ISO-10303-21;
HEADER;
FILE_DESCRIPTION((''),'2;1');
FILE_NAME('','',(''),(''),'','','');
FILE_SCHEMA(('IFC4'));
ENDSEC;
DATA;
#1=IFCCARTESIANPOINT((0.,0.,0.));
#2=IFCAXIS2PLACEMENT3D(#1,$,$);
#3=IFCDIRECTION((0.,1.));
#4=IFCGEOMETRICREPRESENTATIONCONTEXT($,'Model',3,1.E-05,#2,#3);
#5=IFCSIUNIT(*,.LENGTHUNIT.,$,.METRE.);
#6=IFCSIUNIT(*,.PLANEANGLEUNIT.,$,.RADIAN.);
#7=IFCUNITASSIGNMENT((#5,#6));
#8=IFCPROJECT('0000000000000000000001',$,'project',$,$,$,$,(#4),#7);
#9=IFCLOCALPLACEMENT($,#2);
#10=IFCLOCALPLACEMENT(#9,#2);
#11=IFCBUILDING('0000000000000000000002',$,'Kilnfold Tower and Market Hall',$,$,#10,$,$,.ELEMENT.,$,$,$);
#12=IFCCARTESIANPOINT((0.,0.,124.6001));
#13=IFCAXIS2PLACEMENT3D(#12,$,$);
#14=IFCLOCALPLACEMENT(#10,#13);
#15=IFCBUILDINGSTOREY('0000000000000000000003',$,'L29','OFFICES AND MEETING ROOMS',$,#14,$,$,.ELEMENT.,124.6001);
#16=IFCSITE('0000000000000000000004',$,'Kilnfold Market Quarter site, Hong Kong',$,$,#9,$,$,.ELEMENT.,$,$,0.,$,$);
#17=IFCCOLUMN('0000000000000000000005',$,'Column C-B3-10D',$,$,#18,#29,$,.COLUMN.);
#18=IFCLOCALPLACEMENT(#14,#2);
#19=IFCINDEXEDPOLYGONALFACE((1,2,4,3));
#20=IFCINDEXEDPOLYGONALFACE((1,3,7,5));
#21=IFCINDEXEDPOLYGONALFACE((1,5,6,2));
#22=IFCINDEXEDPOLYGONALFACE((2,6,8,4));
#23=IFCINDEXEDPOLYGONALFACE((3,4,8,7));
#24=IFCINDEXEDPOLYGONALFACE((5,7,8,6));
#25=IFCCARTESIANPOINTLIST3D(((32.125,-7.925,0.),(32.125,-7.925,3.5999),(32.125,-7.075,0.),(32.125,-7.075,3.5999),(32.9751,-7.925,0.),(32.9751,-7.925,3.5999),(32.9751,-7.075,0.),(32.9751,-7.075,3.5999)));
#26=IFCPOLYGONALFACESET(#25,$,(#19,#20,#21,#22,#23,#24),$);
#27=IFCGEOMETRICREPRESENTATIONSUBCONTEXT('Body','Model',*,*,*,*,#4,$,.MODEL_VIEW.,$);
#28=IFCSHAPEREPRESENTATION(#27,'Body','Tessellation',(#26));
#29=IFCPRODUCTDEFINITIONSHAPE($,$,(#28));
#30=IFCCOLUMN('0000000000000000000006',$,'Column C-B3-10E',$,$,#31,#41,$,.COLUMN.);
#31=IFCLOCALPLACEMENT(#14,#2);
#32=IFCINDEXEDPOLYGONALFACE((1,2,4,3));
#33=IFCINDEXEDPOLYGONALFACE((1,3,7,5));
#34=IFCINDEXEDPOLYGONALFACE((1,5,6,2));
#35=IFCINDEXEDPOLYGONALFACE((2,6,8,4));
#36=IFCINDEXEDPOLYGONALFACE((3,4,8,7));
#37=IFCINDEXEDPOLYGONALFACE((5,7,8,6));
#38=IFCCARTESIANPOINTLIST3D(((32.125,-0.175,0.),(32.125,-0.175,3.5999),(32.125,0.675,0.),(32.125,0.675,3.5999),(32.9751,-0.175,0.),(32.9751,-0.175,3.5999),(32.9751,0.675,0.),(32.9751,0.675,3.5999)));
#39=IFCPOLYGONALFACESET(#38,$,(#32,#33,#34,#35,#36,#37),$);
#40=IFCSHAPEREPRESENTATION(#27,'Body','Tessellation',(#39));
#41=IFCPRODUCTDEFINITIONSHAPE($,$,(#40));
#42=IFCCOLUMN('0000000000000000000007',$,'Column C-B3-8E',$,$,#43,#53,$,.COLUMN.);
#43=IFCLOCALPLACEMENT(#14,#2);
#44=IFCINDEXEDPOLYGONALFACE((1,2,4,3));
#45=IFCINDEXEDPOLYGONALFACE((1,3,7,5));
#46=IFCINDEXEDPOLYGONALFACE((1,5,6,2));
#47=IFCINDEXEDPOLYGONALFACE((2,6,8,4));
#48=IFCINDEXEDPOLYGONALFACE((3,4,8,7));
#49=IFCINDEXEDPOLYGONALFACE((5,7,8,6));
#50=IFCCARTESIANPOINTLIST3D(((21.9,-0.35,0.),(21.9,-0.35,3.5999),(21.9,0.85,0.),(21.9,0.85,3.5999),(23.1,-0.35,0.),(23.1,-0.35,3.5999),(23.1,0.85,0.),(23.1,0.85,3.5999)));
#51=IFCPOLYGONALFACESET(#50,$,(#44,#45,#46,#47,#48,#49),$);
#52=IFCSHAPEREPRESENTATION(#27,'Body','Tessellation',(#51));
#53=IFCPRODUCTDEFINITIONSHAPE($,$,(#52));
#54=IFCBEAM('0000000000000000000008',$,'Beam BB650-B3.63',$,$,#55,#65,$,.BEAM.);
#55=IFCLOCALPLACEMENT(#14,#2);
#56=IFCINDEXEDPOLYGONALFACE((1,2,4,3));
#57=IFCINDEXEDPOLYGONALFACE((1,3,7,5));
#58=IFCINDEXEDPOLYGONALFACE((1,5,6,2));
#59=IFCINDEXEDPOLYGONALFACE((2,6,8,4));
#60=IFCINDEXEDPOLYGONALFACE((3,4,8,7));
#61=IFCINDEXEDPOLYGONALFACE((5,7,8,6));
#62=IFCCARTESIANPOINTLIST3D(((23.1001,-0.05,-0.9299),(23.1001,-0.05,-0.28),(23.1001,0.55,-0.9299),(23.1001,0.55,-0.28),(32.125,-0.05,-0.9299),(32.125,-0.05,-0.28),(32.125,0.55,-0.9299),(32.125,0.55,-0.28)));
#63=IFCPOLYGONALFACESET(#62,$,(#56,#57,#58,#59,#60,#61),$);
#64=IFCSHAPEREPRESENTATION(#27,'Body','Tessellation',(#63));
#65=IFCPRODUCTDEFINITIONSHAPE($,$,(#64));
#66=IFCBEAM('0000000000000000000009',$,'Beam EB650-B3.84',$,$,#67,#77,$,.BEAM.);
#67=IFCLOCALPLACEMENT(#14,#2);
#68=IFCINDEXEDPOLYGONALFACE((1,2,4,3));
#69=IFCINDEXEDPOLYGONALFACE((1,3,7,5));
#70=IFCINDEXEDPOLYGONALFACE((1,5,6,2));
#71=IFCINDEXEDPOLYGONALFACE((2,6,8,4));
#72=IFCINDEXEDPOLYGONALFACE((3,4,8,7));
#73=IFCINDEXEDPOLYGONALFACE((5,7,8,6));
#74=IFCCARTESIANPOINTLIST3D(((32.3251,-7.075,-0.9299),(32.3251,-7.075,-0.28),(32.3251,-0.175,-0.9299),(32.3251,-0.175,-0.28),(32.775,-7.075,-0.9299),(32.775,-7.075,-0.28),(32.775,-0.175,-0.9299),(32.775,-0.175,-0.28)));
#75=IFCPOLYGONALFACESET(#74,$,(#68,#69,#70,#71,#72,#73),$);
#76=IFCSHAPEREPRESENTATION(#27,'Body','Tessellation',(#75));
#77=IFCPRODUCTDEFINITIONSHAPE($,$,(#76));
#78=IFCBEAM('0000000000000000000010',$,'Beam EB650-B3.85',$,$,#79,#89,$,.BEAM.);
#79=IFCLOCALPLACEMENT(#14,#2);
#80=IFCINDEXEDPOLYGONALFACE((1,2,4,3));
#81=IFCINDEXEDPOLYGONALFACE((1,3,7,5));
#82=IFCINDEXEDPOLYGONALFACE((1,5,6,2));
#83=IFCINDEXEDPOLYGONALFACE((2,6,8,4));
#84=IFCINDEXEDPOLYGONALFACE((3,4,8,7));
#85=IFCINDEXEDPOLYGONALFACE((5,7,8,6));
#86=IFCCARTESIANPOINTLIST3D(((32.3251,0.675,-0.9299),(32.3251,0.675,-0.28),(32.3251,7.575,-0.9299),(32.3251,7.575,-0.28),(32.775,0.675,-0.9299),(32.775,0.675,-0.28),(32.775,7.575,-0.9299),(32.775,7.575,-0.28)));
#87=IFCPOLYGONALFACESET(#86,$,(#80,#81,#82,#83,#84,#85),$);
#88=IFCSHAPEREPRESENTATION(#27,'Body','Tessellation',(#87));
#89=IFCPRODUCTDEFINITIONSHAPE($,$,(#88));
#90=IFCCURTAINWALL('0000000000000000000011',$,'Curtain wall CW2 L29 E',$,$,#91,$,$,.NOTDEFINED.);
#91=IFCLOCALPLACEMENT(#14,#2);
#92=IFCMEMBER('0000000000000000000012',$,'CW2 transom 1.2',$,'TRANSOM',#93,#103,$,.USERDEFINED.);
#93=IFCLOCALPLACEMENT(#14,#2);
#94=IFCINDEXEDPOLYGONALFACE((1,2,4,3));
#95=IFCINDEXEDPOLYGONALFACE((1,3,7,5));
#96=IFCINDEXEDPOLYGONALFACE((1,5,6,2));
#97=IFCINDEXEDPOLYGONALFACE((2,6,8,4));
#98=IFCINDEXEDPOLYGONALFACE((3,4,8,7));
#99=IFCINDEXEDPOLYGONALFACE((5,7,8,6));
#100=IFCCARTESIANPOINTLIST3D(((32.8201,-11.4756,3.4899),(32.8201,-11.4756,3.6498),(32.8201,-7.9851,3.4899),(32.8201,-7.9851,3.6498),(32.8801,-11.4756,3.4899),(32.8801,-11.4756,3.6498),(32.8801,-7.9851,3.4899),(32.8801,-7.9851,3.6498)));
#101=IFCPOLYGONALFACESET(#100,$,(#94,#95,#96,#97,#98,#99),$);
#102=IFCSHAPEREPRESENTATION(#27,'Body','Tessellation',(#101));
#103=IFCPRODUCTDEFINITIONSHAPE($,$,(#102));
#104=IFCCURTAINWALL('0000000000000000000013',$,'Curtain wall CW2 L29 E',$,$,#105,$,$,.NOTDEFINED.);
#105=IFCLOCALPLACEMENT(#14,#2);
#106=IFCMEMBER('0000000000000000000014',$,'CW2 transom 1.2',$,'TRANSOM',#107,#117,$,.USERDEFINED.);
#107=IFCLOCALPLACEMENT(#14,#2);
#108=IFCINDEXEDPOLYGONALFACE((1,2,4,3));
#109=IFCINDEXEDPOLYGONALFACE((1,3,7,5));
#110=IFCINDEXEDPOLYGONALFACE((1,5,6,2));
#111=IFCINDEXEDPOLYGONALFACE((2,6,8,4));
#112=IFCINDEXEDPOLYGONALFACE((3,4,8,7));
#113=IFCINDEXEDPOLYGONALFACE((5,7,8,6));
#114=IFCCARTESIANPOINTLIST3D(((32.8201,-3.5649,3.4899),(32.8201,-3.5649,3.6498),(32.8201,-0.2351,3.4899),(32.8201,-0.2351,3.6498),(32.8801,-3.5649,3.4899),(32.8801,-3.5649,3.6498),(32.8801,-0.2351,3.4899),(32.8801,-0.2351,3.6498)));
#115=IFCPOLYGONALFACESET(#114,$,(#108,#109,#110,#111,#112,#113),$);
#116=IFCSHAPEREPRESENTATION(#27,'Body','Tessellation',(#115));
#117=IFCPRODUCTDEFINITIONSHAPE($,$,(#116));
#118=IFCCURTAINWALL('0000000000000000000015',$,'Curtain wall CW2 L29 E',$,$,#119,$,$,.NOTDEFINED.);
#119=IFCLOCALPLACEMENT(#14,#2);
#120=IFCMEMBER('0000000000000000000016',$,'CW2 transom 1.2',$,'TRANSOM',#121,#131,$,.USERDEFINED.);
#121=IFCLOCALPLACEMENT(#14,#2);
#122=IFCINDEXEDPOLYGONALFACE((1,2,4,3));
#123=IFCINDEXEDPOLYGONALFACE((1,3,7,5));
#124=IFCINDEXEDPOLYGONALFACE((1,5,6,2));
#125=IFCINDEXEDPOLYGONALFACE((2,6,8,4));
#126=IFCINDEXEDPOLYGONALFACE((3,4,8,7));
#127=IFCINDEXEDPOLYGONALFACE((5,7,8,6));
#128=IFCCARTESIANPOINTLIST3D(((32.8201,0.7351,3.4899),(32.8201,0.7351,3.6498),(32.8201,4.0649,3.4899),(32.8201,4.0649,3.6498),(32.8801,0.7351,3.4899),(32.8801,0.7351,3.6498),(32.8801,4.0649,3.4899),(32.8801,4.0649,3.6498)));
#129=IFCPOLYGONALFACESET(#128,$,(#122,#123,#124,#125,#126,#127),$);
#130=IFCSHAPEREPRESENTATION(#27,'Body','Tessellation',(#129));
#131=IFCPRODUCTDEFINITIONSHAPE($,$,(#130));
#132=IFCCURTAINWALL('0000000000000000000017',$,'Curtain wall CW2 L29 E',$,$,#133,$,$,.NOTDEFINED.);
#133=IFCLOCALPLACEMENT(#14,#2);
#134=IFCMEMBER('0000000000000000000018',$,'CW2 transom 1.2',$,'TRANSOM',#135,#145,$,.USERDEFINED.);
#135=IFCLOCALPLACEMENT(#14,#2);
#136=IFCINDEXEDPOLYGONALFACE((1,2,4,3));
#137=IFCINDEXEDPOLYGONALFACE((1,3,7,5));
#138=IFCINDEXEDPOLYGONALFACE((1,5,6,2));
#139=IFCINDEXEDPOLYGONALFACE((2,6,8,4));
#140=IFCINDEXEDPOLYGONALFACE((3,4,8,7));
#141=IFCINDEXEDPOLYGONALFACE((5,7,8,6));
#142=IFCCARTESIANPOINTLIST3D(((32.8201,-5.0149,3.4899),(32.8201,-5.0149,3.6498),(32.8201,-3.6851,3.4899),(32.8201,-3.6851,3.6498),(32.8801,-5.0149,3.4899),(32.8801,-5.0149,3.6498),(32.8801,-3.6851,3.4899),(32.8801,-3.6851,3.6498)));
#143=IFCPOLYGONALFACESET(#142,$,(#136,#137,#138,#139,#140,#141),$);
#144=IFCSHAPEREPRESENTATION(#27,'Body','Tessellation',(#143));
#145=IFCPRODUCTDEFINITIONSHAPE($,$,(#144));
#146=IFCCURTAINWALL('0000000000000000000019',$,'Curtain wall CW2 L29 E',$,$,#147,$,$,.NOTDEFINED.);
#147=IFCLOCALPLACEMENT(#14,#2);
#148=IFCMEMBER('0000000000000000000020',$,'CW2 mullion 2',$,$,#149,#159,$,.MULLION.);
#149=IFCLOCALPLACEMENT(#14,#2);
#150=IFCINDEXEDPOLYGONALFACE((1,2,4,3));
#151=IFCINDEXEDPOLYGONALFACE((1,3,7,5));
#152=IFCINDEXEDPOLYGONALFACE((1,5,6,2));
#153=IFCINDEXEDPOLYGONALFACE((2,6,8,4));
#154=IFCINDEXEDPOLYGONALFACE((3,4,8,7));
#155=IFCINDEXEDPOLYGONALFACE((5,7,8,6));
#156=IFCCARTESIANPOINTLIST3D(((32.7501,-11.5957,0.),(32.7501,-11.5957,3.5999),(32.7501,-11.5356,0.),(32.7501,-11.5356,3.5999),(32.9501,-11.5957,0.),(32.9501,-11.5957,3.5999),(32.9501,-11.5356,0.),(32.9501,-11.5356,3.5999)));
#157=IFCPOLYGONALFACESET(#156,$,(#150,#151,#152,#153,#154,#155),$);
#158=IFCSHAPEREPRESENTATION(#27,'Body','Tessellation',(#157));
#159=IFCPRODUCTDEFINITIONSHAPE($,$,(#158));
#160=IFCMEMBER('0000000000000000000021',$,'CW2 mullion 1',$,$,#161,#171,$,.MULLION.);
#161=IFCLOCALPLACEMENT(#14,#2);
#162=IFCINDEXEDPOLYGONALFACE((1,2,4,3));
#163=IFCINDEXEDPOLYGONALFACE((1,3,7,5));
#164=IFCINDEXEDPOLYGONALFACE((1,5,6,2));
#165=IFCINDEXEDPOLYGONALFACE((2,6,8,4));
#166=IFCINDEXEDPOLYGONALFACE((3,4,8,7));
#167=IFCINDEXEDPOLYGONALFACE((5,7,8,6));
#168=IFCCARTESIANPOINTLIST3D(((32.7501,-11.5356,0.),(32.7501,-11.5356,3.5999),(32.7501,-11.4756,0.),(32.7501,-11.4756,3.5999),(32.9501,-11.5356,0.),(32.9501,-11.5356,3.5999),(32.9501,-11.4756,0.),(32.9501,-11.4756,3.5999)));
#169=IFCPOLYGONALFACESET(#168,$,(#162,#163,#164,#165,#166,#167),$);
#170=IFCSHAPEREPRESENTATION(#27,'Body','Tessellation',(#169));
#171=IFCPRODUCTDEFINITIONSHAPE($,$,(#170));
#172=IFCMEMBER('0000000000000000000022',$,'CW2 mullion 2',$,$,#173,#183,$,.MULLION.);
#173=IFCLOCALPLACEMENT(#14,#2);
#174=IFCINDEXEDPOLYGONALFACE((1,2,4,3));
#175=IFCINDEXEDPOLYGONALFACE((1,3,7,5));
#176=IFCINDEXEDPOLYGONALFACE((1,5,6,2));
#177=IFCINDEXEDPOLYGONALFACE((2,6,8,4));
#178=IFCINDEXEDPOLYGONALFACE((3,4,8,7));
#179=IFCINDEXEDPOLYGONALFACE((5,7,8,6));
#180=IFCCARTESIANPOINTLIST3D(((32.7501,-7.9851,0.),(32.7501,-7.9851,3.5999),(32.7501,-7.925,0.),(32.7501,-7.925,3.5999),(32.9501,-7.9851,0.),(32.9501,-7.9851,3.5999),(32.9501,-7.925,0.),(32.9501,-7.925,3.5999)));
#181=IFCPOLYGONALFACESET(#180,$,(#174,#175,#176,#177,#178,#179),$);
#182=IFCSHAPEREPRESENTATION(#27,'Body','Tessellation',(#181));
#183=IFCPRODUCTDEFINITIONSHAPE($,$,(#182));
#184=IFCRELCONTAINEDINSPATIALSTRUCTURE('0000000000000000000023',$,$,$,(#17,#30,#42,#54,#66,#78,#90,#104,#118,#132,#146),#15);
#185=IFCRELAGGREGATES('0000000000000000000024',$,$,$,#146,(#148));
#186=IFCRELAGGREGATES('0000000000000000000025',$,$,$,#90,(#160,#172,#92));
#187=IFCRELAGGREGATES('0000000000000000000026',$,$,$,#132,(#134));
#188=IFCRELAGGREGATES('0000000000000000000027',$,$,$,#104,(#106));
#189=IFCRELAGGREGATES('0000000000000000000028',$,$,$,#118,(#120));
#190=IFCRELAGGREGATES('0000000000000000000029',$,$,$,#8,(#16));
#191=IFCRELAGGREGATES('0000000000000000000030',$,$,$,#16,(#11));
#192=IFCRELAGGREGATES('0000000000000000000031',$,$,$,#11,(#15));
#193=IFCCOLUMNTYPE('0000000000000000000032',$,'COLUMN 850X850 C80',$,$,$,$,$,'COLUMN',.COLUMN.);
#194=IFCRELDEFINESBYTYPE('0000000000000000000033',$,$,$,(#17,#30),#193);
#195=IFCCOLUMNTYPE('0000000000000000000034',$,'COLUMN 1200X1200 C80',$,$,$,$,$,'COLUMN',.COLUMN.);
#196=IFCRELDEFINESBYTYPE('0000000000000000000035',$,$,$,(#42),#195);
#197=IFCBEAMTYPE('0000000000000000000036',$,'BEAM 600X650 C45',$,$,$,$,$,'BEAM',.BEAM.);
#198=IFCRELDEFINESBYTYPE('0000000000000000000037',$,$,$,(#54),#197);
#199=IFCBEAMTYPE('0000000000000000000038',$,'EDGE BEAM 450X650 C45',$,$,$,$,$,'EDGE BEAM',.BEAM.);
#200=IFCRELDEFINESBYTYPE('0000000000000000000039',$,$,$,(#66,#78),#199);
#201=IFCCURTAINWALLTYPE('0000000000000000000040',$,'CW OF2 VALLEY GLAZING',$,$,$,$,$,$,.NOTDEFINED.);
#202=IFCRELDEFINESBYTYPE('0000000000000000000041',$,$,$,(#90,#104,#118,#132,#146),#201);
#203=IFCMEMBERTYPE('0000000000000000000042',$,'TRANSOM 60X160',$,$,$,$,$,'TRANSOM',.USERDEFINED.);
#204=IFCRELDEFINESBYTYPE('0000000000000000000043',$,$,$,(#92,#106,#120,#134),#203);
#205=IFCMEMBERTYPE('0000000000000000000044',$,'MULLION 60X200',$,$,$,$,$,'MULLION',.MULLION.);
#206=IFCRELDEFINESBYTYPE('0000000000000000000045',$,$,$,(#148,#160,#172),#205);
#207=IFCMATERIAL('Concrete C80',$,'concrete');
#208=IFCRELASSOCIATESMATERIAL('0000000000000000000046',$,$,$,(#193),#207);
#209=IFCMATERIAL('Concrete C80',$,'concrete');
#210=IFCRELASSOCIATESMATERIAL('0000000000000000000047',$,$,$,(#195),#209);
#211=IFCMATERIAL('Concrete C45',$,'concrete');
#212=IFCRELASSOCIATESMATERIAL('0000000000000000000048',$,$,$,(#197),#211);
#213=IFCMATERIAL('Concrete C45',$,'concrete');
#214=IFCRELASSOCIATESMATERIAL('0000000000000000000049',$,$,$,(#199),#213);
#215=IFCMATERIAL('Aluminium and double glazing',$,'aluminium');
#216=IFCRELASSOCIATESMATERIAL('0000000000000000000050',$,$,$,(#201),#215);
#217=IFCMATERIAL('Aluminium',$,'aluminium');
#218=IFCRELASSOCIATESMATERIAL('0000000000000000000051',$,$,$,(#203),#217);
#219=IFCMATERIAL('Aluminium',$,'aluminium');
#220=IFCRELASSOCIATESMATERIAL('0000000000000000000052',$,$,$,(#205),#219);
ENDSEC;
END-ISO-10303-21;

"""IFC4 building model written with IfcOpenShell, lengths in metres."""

from ifc_helpers import new_model, si_unit, direction, frame, origin, origin_2d, place, context, subcontext, project, spatial, rectangle, extrude, source, transform, mapped, material, material_profile, profile_set, type_object, element, aggregate, save


model = new_model("IFC4")

# Units and contexts
model_context = context("Model", 3, precision=1e-05, world=origin(), true_north=direction((0.0, 1.0)))
body_context = subcontext(model_context, "Body", "Model", "MODEL_VIEW")
ifc_project = project(units=[si_unit("LENGTHUNIT", "METRE"), si_unit("PLANEANGLEUNIT", "RADIAN")], contexts=[model_context])

# Site, building, storey
site_placement = place(None, origin())
site = spatial("IfcSite", under=ifc_project, at=site_placement, Name="Kilnfold Market Quarter site, Hong Kong", CompositionType="ELEMENT", RefElevation=0.0)
building_placement = place(site_placement, origin())
building = spatial("IfcBuilding", under=site, at=building_placement, Name="Kilnfold Tower and Market Hall", CompositionType="ELEMENT")
storey_placement = place(building_placement, frame((0.0, 0.0, 124.6001)))
storey = spatial("IfcBuildingStorey", under=building, at=storey_placement, Name="L29", Description="OFFICES AND MEETING ROOMS", CompositionType="ELEMENT", Elevation=124.6001)

# Columns
ifc_material_1 = material(Name="Concrete C80", Category="concrete")
ifc_material_profile_1 = material_profile(ifc_material_1, rectangle(XDim=0.8501, YDim=0.8501, at=origin_2d()), Name="RC 850x850")
ifc_profile_set_1 = profile_set([ifc_material_profile_1], Name="Concrete C80")
column_type_1 = type_object("IfcColumnType", Name="COLUMN 850X850 C80", ElementType="COLUMN", PredefinedType="COLUMN", material=ifc_profile_set_1)
shared_shape_1 = source(origin(), body_context, "Body", "SweptSolid", [
    extrude(rectangle(XDim=0.8501, YDim=0.8501, at=origin_2d()), origin(), (0.0, 0.0, 1.0), 3.5999),
])
for number, where, z_axis, x_axis, name in (
    (1, (32.55, -7.5, 0.0), (0.0, 0.0, 1.0), (1.0, 0.0, 0.0), "Column C-B3-10D"),
    (2, (32.55, 0.25, 0.0), (0.0, 0.0, 1.0), (1.0, 0.0, 0.0), "Column C-B3-10E"),
):
    element("IfcColumn", number, at=place(storey_placement, frame(where, z_axis=z_axis, x_axis=x_axis)), inside=storey, type_object=column_type_1, Name=name, PredefinedType="COLUMN", context=body_context, shape_type="MappedRepresentation", body=[
        mapped(shared_shape_1, transform((0.0, 0.0, 0.0))),
    ])
ifc_material_2 = material(Name="Concrete C80", Category="concrete")
ifc_material_profile_2 = material_profile(ifc_material_2, rectangle(XDim=1.2, YDim=1.2, at=origin_2d()), Name="RC 1200x1200")
ifc_profile_set_2 = profile_set([ifc_material_profile_2], Name="Concrete C80")
column_type_2 = type_object("IfcColumnType", Name="COLUMN 1200X1200 C80", ElementType="COLUMN", PredefinedType="COLUMN", material=ifc_profile_set_2)
shared_shape_2 = source(origin(), body_context, "Body", "SweptSolid", [
    extrude(rectangle(XDim=1.2, YDim=1.2, at=origin_2d()), origin(), (0.0, 0.0, 1.0), 3.5999),
])
column_placement = place(storey_placement, frame((22.5, 0.25, 0.0), z_axis=(0.0, 0.0, 1.0), x_axis=(1.0, 0.0, 0.0)))
element("IfcColumn", 3, at=column_placement, inside=storey, type_object=column_type_2, Name="Column C-B3-8E", PredefinedType="COLUMN", context=body_context, shape_type="MappedRepresentation", body=[
    mapped(shared_shape_2, transform((0.0, 0.0, 0.0))),
])

# Beams
ifc_material_3 = material(Name="Concrete C45", Category="concrete")
ifc_material_profile_3 = material_profile(ifc_material_3, rectangle(XDim=0.6001, YDim=0.6499, at=origin_2d()), Name="RC 600x650")
ifc_profile_set_3 = profile_set([ifc_material_profile_3], Name="Concrete C45")
beam_type_1 = type_object("IfcBeamType", Name="BEAM 600X650 C45", ElementType="BEAM", PredefinedType="BEAM", material=ifc_profile_set_3)
shared_shape_3 = source(origin(), body_context, "Body", "SweptSolid", [
    extrude(rectangle(XDim=0.6001, YDim=0.6499, at=origin_2d()), origin(), (0.0, 0.0, 1.0), 9.0249),
])
beam_placement = place(storey_placement, frame((23.1001, 0.25, -0.605), z_axis=(1.0, 0.0, 0.0), x_axis=(0.0, 1.0, 0.0)))
element("IfcBeam", 4, at=beam_placement, inside=storey, type_object=beam_type_1, Name="Beam BB650-B3.63", PredefinedType="BEAM", context=body_context, shape_type="MappedRepresentation", body=[
    mapped(shared_shape_3, transform((0.0, 0.0, 0.0))),
])
ifc_material_4 = material(Name="Concrete C45", Category="concrete")
ifc_material_profile_4 = material_profile(ifc_material_4, rectangle(XDim=0.45, YDim=0.6499, at=origin_2d()), Name="RC 450x650")
ifc_profile_set_4 = profile_set([ifc_material_profile_4], Name="Concrete C45")
beam_type_2 = type_object("IfcBeamType", Name="EDGE BEAM 450X650 C45", ElementType="EDGE BEAM", PredefinedType="BEAM", material=ifc_profile_set_4)
shared_shape_4 = source(origin(), body_context, "Body", "SweptSolid", [
    extrude(rectangle(XDim=0.45, YDim=0.6499, at=origin_2d()), origin(), (0.0, 0.0, 1.0), 6.8999),
])
for number, where, z_axis, x_axis, name in (
    (5, (32.55, -7.075, -0.605), (0.0, 1.0, 0.0), (-1.0, 0.0, 0.0), "Beam EB650-B3.84"),
    (6, (32.55, 0.675, -0.605), (0.0, 1.0, 0.0), (-1.0, 0.0, 0.0), "Beam EB650-B3.85"),
):
    element("IfcBeam", number, at=place(storey_placement, frame(where, z_axis=z_axis, x_axis=x_axis)), inside=storey, type_object=beam_type_2, Name=name, PredefinedType="BEAM", context=body_context, shape_type="MappedRepresentation", body=[
        mapped(shared_shape_4, transform((0.0, 0.0, 0.0))),
    ])

# Curtain walls, members
ifc_material_5 = material(Name="Aluminium and double glazing", Category="aluminium")
curtain_wall_type = type_object("IfcCurtainWallType", Name="CW OF2 VALLEY GLAZING", PredefinedType="NOTDEFINED", material=ifc_material_5)
curtain_wall_1_placement = place(storey_placement, origin())
curtain_wall_1 = element("IfcCurtainWall", 7, at=curtain_wall_1_placement, inside=storey, type_object=curtain_wall_type, Name="Curtain wall CW2 L29 E", PredefinedType="NOTDEFINED")
ifc_material_6 = material(Name="Aluminium", Category="aluminium")
ifc_material_profile_5 = material_profile(ifc_material_6, rectangle(XDim=0.0601, YDim=0.1599, at=origin_2d()), Name="TRANSOM 60x160")
ifc_profile_set_5 = profile_set([ifc_material_profile_5], Name="Aluminium")
member_type_1 = type_object("IfcMemberType", Name="TRANSOM 60X160", ElementType="TRANSOM", PredefinedType="USERDEFINED", material=ifc_profile_set_5)
shared_shape_5 = source(origin(), body_context, "Body", "SweptSolid", [
    extrude(rectangle(XDim=0.0601, YDim=0.1599, at=origin_2d()), origin(), (0.0, 0.0, 1.0), 3.4905),
])
member_1_placement = place(storey_placement, frame((32.8501, -11.4756, 3.5698), z_axis=(0.0, 1.0, 0.0), x_axis=(-1.0, 0.0, 0.0)))
member_1 = element("IfcMember", 8, at=member_1_placement, type_object=member_type_1, Name="CW2 transom 1.2", ObjectType="TRANSOM", PredefinedType="USERDEFINED", context=body_context, shape_type="MappedRepresentation", body=[
    mapped(shared_shape_5, transform((0.0, 0.0, 0.0))),
])
curtain_wall_2_placement = place(storey_placement, origin())
curtain_wall_2 = element("IfcCurtainWall", 9, at=curtain_wall_2_placement, inside=storey, type_object=curtain_wall_type, Name="Curtain wall CW2 L29 E", PredefinedType="NOTDEFINED")
shared_shape_6 = source(origin(), body_context, "Body", "SweptSolid", [
    extrude(rectangle(XDim=0.0601, YDim=0.1599, at=origin_2d()), origin(), (0.0, 0.0, 1.0), 3.3298),
])
member_2_placement = place(storey_placement, frame((32.8501, -3.5649, 3.5698), z_axis=(0.0, 1.0, 0.0), x_axis=(-1.0, 0.0, 0.0)))
member_2 = element("IfcMember", 10, at=member_2_placement, type_object=member_type_1, Name="CW2 transom 1.2", ObjectType="TRANSOM", PredefinedType="USERDEFINED", context=body_context, shape_type="MappedRepresentation", body=[
    mapped(shared_shape_6, transform((0.0, 0.0, 0.0))),
])
curtain_wall_3_placement = place(storey_placement, origin())
curtain_wall_3 = element("IfcCurtainWall", 11, at=curtain_wall_3_placement, inside=storey, type_object=curtain_wall_type, Name="Curtain wall CW2 L29 E", PredefinedType="NOTDEFINED")
member_3_placement = place(storey_placement, frame((32.8501, 0.7351, 3.5698), z_axis=(0.0, 1.0, 0.0), x_axis=(-1.0, 0.0, 0.0)))
member_3 = element("IfcMember", 12, at=member_3_placement, type_object=member_type_1, Name="CW2 transom 1.2", ObjectType="TRANSOM", PredefinedType="USERDEFINED", context=body_context, shape_type="MappedRepresentation", body=[
    mapped(shared_shape_6, transform((0.0, 0.0, 0.0))),
])
curtain_wall_4_placement = place(storey_placement, origin())
curtain_wall_4 = element("IfcCurtainWall", 13, at=curtain_wall_4_placement, inside=storey, type_object=curtain_wall_type, Name="Curtain wall CW2 L29 E", PredefinedType="NOTDEFINED")
shared_shape_7 = source(origin(), body_context, "Body", "SweptSolid", [
    extrude(rectangle(XDim=0.0601, YDim=0.1599, at=origin_2d()), origin(), (0.0, 0.0, 1.0), 1.3298),
])
member_4_placement = place(storey_placement, frame((32.8501, -5.0149, 3.5698), z_axis=(0.0, 1.0, 0.0), x_axis=(-1.0, 0.0, 0.0)))
member_4 = element("IfcMember", 14, at=member_4_placement, type_object=member_type_1, Name="CW2 transom 1.2", ObjectType="TRANSOM", PredefinedType="USERDEFINED", context=body_context, shape_type="MappedRepresentation", body=[
    mapped(shared_shape_7, transform((0.0, 0.0, 0.0))),
])
curtain_wall_5_placement = place(storey_placement, origin())
curtain_wall_5 = element("IfcCurtainWall", 15, at=curtain_wall_5_placement, inside=storey, type_object=curtain_wall_type, Name="Curtain wall CW2 L29 E", PredefinedType="NOTDEFINED")
ifc_material_7 = material(Name="Aluminium", Category="aluminium")
ifc_material_profile_6 = material_profile(ifc_material_7, rectangle(XDim=0.0601, YDim=0.2, at=origin_2d()), Name="MULLION 60x200")
ifc_profile_set_6 = profile_set([ifc_material_profile_6], Name="Aluminium")
member_type_2 = type_object("IfcMemberType", Name="MULLION 60X200", ElementType="MULLION", PredefinedType="MULLION", material=ifc_profile_set_6)
shared_shape_8 = source(origin(), body_context, "Body", "SweptSolid", [
    extrude(rectangle(XDim=0.0601, YDim=0.2, at=origin_2d()), origin(), (0.0, 0.0, 1.0), 3.5999),
])
member_5_placement = place(storey_placement, frame((32.8501, -11.5657, 0.0), z_axis=(0.0, 0.0, 1.0), x_axis=(0.0, 1.0, 0.0)))
member_5 = element("IfcMember", 16, at=member_5_placement, type_object=member_type_2, Name="CW2 mullion 2", PredefinedType="MULLION", context=body_context, shape_type="MappedRepresentation", body=[
    mapped(shared_shape_8, transform((0.0, 0.0, 0.0))),
])

# Members
member_6_placement = place(storey_placement, frame((32.8501, -11.5056, 0.0), z_axis=(0.0, 0.0, 1.0), x_axis=(0.0, 1.0, 0.0)))
member_6 = element("IfcMember", 17, at=member_6_placement, type_object=member_type_2, Name="CW2 mullion 1", PredefinedType="MULLION", context=body_context, shape_type="MappedRepresentation", body=[
    mapped(shared_shape_8, transform((0.0, 0.0, 0.0))),
])
member_7_placement = place(storey_placement, frame((32.8501, -7.9551, 0.0), z_axis=(0.0, 0.0, 1.0), x_axis=(0.0, 1.0, 0.0)))
member_7 = element("IfcMember", 18, at=member_7_placement, type_object=member_type_2, Name="CW2 mullion 2", PredefinedType="MULLION", context=body_context, shape_type="MappedRepresentation", body=[
    mapped(shared_shape_8, transform((0.0, 0.0, 0.0))),
])

aggregate(curtain_wall_5, [member_5])
aggregate(curtain_wall_1, [member_6, member_7, member_1])
aggregate(curtain_wall_4, [member_4])
aggregate(curtain_wall_2, [member_2])
aggregate(curtain_wall_3, [member_3])

save(model, "model.ifc")
